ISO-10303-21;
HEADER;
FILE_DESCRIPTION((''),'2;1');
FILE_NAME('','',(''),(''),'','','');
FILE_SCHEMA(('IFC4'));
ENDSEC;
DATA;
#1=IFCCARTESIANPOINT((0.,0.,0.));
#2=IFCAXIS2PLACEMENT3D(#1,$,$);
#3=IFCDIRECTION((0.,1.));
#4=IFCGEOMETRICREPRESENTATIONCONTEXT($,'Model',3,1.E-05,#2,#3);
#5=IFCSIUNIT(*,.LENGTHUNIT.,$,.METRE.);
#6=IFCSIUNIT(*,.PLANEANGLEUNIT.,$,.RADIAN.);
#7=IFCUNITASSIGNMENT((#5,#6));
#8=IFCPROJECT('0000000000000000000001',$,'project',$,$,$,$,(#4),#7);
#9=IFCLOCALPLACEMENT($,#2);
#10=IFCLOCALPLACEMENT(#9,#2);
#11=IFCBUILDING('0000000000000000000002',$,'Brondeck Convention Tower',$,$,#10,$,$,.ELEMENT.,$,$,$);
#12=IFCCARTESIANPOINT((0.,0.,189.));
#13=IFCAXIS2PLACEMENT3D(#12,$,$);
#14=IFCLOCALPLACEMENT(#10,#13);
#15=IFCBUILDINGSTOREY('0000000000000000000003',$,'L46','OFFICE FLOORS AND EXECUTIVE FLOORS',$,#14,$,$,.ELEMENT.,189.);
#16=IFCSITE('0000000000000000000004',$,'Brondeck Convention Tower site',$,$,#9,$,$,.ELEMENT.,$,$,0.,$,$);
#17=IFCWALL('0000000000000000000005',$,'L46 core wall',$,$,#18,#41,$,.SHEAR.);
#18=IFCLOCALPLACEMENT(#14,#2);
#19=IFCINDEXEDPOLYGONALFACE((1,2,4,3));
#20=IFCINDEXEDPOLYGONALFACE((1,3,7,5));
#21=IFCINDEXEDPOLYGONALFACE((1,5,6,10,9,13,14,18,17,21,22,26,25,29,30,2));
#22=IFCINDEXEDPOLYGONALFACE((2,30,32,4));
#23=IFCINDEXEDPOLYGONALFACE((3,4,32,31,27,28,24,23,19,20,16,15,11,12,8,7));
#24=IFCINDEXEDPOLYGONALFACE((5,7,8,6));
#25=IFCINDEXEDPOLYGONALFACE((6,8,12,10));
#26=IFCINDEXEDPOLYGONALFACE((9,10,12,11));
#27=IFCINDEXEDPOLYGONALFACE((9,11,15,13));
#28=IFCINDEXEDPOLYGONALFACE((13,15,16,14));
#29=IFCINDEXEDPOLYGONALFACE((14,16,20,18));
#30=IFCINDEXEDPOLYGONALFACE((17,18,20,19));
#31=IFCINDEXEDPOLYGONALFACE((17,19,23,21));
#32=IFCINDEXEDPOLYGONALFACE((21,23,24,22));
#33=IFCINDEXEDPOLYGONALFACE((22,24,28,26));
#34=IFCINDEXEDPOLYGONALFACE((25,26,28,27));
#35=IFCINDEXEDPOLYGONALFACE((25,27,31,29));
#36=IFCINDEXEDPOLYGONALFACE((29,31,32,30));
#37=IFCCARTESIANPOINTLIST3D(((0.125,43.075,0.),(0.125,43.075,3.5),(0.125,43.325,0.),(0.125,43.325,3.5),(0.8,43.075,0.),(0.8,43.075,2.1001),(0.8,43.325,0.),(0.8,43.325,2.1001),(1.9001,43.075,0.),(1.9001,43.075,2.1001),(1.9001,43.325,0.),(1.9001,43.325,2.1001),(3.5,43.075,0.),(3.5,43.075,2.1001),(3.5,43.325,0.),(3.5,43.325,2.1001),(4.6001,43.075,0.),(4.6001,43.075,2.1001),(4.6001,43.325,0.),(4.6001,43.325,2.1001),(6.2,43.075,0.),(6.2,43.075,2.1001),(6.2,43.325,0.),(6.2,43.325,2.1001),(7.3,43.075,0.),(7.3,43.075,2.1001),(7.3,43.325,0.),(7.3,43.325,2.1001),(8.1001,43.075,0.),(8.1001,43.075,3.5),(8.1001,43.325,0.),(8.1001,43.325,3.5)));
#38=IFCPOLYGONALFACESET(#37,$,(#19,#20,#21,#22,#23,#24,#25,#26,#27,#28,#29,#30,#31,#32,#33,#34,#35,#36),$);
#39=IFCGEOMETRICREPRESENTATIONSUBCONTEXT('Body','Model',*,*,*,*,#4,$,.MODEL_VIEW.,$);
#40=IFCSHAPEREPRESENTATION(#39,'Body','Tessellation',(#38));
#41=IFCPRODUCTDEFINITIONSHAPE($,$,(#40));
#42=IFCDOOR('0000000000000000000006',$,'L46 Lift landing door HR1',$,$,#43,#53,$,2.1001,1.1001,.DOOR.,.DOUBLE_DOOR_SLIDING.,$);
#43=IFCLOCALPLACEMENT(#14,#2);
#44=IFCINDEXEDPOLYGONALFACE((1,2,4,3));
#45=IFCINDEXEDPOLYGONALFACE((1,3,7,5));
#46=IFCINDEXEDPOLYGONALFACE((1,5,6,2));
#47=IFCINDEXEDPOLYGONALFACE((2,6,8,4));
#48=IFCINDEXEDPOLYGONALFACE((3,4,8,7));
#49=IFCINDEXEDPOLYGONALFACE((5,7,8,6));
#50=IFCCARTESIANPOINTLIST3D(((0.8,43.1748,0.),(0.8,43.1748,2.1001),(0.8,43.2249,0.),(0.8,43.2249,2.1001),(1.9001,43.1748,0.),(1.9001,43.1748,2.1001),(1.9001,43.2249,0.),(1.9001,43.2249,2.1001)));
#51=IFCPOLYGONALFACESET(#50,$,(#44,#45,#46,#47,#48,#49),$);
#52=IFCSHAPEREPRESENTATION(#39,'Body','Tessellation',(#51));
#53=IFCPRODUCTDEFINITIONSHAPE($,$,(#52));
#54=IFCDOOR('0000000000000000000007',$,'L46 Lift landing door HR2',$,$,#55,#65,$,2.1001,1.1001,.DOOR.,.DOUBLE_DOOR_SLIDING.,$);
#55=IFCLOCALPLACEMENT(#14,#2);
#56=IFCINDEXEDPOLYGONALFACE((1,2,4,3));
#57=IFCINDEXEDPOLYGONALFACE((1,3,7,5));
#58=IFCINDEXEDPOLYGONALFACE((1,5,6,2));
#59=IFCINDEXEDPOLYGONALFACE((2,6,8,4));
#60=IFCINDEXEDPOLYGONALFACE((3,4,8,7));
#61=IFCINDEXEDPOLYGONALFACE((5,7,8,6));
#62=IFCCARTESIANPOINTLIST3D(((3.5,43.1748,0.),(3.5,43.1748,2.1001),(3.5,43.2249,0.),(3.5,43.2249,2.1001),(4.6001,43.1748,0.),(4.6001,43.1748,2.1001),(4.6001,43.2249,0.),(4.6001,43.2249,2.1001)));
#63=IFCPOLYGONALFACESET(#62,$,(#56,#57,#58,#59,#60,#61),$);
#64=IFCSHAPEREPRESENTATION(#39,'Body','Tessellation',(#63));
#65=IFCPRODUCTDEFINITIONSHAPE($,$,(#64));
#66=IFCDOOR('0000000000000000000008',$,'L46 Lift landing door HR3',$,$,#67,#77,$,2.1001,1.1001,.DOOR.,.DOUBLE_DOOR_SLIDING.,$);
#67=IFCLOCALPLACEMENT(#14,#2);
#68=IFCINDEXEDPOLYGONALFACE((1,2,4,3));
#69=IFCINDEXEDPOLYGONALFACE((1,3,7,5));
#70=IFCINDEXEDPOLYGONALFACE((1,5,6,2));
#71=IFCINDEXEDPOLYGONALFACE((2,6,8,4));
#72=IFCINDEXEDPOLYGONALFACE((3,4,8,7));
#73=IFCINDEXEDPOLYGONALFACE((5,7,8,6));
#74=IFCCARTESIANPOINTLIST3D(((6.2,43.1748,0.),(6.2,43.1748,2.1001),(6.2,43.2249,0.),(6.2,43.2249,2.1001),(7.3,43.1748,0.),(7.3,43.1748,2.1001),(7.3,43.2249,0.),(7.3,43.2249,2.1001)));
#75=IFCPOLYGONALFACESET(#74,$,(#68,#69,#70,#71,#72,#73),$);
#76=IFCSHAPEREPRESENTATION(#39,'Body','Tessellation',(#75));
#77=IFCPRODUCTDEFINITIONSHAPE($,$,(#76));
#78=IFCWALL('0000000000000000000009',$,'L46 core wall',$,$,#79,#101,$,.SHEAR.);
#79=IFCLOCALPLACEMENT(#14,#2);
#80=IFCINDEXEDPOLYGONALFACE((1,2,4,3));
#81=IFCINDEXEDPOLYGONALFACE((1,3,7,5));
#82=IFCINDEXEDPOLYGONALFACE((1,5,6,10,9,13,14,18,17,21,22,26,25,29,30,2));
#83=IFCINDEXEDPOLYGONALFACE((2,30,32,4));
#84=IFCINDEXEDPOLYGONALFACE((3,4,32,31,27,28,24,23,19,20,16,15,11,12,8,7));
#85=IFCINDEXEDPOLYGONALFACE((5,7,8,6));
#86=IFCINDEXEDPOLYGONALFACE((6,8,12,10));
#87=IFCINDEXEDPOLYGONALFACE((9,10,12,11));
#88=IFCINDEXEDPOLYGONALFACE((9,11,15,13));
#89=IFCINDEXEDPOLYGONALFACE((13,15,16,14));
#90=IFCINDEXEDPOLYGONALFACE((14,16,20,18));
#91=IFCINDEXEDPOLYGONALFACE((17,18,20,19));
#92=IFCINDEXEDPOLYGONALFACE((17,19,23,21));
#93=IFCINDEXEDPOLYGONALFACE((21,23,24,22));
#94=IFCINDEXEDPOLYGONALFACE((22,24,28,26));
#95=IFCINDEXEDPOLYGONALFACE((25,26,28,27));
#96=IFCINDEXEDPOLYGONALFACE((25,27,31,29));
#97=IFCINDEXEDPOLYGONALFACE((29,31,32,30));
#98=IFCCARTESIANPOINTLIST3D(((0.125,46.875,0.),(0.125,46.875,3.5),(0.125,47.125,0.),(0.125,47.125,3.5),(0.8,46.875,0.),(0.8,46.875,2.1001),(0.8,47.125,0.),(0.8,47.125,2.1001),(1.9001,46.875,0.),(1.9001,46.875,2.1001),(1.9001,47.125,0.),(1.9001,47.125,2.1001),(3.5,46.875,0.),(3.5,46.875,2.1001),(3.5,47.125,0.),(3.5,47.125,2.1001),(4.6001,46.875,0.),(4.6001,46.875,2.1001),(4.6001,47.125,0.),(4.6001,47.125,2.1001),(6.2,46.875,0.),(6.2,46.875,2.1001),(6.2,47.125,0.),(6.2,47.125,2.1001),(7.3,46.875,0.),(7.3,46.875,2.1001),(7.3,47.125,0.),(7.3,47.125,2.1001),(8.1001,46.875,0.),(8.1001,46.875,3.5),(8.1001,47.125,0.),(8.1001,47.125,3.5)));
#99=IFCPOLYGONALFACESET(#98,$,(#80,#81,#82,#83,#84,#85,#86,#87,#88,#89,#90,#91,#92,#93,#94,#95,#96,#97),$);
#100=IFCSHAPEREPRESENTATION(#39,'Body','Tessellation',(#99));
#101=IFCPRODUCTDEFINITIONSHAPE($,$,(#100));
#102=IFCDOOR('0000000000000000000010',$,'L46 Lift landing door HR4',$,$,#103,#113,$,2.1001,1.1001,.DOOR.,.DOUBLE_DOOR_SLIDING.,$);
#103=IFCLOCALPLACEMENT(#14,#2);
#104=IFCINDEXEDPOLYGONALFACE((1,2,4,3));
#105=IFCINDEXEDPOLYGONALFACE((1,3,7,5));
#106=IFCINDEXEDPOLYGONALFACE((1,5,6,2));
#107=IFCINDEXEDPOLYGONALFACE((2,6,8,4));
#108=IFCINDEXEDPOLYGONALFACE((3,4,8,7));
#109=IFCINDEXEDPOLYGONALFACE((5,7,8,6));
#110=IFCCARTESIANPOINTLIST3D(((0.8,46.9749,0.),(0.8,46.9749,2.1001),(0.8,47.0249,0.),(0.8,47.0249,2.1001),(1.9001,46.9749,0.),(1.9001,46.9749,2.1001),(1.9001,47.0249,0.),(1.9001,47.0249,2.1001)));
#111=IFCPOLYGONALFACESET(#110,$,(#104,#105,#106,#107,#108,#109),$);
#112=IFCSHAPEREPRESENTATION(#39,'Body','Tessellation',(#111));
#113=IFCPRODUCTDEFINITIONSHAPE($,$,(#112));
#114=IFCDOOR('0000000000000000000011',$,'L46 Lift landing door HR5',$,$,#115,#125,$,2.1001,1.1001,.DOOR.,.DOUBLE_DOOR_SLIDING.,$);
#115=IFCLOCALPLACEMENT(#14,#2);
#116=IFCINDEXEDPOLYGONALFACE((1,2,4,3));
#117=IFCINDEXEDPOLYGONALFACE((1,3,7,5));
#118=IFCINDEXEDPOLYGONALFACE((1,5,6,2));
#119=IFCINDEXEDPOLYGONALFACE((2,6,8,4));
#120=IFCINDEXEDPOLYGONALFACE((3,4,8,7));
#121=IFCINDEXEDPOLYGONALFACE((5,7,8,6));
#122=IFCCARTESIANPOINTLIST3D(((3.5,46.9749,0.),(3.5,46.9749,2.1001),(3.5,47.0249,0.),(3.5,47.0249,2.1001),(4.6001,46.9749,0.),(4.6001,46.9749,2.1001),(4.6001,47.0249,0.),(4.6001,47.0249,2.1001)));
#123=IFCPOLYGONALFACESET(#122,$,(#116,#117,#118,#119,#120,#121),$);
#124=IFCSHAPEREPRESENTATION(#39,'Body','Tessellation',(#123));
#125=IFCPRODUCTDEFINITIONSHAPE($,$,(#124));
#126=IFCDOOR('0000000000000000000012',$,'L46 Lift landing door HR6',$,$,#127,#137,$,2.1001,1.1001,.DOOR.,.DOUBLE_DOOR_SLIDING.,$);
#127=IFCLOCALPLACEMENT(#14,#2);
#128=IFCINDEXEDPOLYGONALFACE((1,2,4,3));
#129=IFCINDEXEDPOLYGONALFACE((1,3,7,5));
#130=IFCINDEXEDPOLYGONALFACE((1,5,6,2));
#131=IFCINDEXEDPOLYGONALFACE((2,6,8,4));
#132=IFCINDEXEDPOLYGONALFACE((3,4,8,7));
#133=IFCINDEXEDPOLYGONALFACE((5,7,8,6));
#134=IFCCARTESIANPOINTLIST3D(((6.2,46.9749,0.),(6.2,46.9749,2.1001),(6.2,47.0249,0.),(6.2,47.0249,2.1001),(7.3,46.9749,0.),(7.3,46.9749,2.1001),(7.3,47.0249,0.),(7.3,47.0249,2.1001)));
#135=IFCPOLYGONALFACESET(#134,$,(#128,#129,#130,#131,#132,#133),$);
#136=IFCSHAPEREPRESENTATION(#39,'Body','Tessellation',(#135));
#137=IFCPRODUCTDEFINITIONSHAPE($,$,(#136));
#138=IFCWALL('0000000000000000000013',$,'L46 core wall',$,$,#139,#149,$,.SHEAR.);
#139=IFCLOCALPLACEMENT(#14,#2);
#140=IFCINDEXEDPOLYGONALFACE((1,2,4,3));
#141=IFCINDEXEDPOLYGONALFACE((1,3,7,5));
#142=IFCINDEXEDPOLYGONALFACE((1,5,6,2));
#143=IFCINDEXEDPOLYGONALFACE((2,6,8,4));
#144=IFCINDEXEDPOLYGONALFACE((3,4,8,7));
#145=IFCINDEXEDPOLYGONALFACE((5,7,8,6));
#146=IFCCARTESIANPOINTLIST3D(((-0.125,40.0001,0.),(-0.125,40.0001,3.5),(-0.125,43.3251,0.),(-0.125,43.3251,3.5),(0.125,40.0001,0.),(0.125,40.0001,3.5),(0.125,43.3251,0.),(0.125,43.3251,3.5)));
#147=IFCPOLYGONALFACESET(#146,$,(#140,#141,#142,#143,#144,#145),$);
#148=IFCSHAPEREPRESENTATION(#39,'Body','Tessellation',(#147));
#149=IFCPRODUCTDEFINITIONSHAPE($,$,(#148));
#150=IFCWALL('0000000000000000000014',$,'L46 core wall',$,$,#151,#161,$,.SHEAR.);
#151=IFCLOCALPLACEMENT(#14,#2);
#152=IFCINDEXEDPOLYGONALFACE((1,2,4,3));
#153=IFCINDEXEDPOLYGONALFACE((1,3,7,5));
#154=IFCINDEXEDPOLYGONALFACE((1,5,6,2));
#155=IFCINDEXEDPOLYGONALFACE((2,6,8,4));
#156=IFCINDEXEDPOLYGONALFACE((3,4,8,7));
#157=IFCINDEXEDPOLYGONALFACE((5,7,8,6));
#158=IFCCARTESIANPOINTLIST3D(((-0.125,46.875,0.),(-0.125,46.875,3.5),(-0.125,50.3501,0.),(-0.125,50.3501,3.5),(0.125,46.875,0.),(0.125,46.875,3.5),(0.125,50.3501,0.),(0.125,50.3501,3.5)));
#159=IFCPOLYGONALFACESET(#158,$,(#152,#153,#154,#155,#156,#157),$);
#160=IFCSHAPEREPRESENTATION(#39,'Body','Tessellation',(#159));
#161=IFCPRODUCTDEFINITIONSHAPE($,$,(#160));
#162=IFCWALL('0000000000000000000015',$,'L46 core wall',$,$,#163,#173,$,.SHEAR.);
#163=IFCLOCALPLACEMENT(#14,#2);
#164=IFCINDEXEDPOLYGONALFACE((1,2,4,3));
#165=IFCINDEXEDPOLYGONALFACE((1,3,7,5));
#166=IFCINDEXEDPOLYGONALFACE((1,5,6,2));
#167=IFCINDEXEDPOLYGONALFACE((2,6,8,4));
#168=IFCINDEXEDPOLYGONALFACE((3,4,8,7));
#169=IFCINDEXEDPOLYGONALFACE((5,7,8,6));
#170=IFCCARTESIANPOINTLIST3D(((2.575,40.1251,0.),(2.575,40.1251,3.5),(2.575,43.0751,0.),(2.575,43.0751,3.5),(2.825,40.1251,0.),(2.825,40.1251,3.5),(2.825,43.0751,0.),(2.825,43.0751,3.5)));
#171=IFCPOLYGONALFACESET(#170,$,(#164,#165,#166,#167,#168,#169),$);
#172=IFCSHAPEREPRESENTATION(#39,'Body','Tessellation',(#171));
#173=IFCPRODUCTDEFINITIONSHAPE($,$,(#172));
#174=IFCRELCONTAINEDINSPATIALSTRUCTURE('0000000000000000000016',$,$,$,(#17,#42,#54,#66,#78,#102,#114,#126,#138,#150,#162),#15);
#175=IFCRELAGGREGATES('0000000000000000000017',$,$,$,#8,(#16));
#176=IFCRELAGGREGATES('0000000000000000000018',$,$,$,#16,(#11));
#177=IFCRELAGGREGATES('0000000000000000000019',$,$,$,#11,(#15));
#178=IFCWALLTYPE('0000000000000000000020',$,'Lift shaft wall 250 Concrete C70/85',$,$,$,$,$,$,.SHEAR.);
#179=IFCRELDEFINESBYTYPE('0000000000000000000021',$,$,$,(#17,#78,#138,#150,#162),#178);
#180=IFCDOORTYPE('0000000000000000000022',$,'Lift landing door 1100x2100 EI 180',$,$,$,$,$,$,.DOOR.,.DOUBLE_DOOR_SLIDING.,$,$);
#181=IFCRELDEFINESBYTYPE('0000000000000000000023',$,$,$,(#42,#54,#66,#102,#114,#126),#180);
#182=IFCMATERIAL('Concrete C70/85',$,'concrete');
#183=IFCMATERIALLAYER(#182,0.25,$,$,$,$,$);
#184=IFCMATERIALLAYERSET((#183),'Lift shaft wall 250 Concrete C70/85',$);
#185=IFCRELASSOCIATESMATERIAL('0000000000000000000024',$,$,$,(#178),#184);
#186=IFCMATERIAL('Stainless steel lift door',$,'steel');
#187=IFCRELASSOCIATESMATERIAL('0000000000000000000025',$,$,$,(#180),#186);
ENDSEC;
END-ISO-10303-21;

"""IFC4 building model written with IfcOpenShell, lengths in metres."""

from ifc_helpers import new_model, si_unit, direction, frame, frame_2d, origin, place, context, subcontext, project, spatial, rectangle, extrude, material, layer, layer_set, type_object, element, fill, save


model = new_model("IFC4")

# Units and contexts
model_context = context("Model", 3, precision=1e-05, world=origin(), true_north=direction((0.0, 1.0)))
body_context = subcontext(model_context, "Body", "Model", "MODEL_VIEW")
ifc_project = project(units=[si_unit("LENGTHUNIT", "METRE"), si_unit("PLANEANGLEUNIT", "RADIAN")], contexts=[model_context])

# Site, building, storey
site_placement = place(None, origin())
site = spatial("IfcSite", under=ifc_project, at=site_placement, Name="Brondeck Convention Tower site", CompositionType="ELEMENT", RefElevation=0.0)
building_placement = place(site_placement, origin())
building = spatial("IfcBuilding", under=site, at=building_placement, Name="Brondeck Convention Tower", CompositionType="ELEMENT")
storey_placement = place(building_placement, frame((0.0, 0.0, 189.0)))
storey = spatial("IfcBuildingStorey", under=building, at=storey_placement, Name="L46", Description="OFFICE FLOORS AND EXECUTIVE FLOORS", CompositionType="ELEMENT", Elevation=189.0)

# Shared definitions
ifc_material_1 = material(Name="Concrete C70/85", Category="concrete")

# Shared definitions
ifc_layer_1 = layer(ifc_material_1, 0.25)
ifc_layer_set_1 = layer_set([ifc_layer_1], Name="Lift shaft wall 250 Concrete C70/85")
wall_type_1 = type_object("IfcWallType", Name="Lift shaft wall 250 Concrete C70/85", PredefinedType="SHEAR", material=ifc_layer_set_1)

# Walls, openings, doors
wall_1_placement = place(storey_placement, frame((0.125, 43.2, 0.0), z_axis=(0.0, 0.0, 1.0), x_axis=(1.0, 0.0, 0.0)))
wall_1 = element("IfcWall", 1, at=wall_1_placement, inside=storey, type_object=wall_type_1, Name="L46 core wall", PredefinedType="SHEAR", context=body_context, shape_type="SweptSolid", body=[
    extrude(rectangle(XDim=7.9751, YDim=0.25, at=frame_2d((3.9875, 0.0))), origin(), (0.0, 0.0, 1.0), 3.5),
])
opening_1_placement = place(wall_1_placement, frame((0.675, 0.0, 0.0)))
opening_1 = element("IfcOpeningElement", 2, at=opening_1_placement, cuts=wall_1, PredefinedType="OPENING", context=body_context, shape_type="SweptSolid", body=[
    extrude(rectangle(XDim=1.1001, YDim=2.1001, at=frame_2d((0.55, 1.05))), frame((0.0, 0.135, 0.0), z_axis=(0.0, -1.0, 0.0), x_axis=(1.0, 0.0, 0.0)), (0.0, 0.0, 1.0), 0.27),
])
opening_2_placement = place(wall_1_placement, frame((3.375, 0.0, 0.0)))
opening_2 = element("IfcOpeningElement", 3, at=opening_2_placement, cuts=wall_1, PredefinedType="OPENING", context=body_context, shape_type="SweptSolid", body=[
    extrude(rectangle(XDim=1.1001, YDim=2.1001, at=frame_2d((0.55, 1.05))), frame((0.0, 0.135, 0.0), z_axis=(0.0, -1.0, 0.0), x_axis=(1.0, 0.0, 0.0)), (0.0, 0.0, 1.0), 0.27),
])
opening_3_placement = place(wall_1_placement, frame((6.075, 0.0, 0.0)))
opening_3 = element("IfcOpeningElement", 4, at=opening_3_placement, cuts=wall_1, PredefinedType="OPENING", context=body_context, shape_type="SweptSolid", body=[
    extrude(rectangle(XDim=1.1001, YDim=2.1001, at=frame_2d((0.55, 1.05))), frame((0.0, 0.135, 0.0), z_axis=(0.0, -1.0, 0.0), x_axis=(1.0, 0.0, 0.0)), (0.0, 0.0, 1.0), 0.27),
])
ifc_material_2 = material(Name="Stainless steel lift door", Category="steel")
door_type_1 = type_object("IfcDoorType", Name="Lift landing door 1100x2100 EI 180", OperationType="DOUBLE_DOOR_SLIDING", PredefinedType="DOOR", material=ifc_material_2)
door_1_placement = place(opening_1_placement, origin())
door_1 = element("IfcDoor", 5, at=door_1_placement, inside=storey, type_object=door_type_1, Name="L46 Lift landing door HR1", OperationType="DOUBLE_DOOR_SLIDING", OverallHeight=2.1001, OverallWidth=1.1001, PredefinedType="DOOR", context=body_context, shape_type="SweptSolid", body=[
    extrude(rectangle(XDim=1.1001, YDim=2.1001, at=frame_2d((0.55, 1.05))), frame((0.0, 0.0249, 0.0), z_axis=(0.0, -1.0, 0.0), x_axis=(1.0, 0.0, 0.0)), (0.0, 0.0, 1.0), 0.05),
])
fill(opening_1, door_1)
door_2_placement = place(opening_2_placement, origin())
door_2 = element("IfcDoor", 6, at=door_2_placement, inside=storey, type_object=door_type_1, Name="L46 Lift landing door HR2", OperationType="DOUBLE_DOOR_SLIDING", OverallHeight=2.1001, OverallWidth=1.1001, PredefinedType="DOOR", context=body_context, shape_type="SweptSolid", body=[
    extrude(rectangle(XDim=1.1001, YDim=2.1001, at=frame_2d((0.55, 1.05))), frame((0.0, 0.0249, 0.0), z_axis=(0.0, -1.0, 0.0), x_axis=(1.0, 0.0, 0.0)), (0.0, 0.0, 1.0), 0.05),
])
fill(opening_2, door_2)
door_3_placement = place(opening_3_placement, origin())
door_3 = element("IfcDoor", 7, at=door_3_placement, inside=storey, type_object=door_type_1, Name="L46 Lift landing door HR3", OperationType="DOUBLE_DOOR_SLIDING", OverallHeight=2.1001, OverallWidth=1.1001, PredefinedType="DOOR", context=body_context, shape_type="SweptSolid", body=[
    extrude(rectangle(XDim=1.1001, YDim=2.1001, at=frame_2d((0.55, 1.05))), frame((0.0, 0.0249, 0.0), z_axis=(0.0, -1.0, 0.0), x_axis=(1.0, 0.0, 0.0)), (0.0, 0.0, 1.0), 0.05),
])
fill(opening_3, door_3)
wall_2_placement = place(storey_placement, frame((0.125, 47.0, 0.0), z_axis=(0.0, 0.0, 1.0), x_axis=(1.0, 0.0, 0.0)))
wall_2 = element("IfcWall", 8, at=wall_2_placement, inside=storey, type_object=wall_type_1, Name="L46 core wall", PredefinedType="SHEAR", context=body_context, shape_type="SweptSolid", body=[
    extrude(rectangle(XDim=7.9751, YDim=0.25, at=frame_2d((3.9875, 0.0))), origin(), (0.0, 0.0, 1.0), 3.5),
])
opening_4_placement = place(wall_2_placement, frame((0.675, 0.0, 0.0)))
opening_4 = element("IfcOpeningElement", 9, at=opening_4_placement, cuts=wall_2, PredefinedType="OPENING", context=body_context, shape_type="SweptSolid", body=[
    extrude(rectangle(XDim=1.1001, YDim=2.1001, at=frame_2d((0.55, 1.05))), frame((0.0, 0.135, 0.0), z_axis=(0.0, -1.0, 0.0), x_axis=(1.0, 0.0, 0.0)), (0.0, 0.0, 1.0), 0.27),
])
opening_5_placement = place(wall_2_placement, frame((3.375, 0.0, 0.0)))
opening_5 = element("IfcOpeningElement", 10, at=opening_5_placement, cuts=wall_2, PredefinedType="OPENING", context=body_context, shape_type="SweptSolid", body=[
    extrude(rectangle(XDim=1.1001, YDim=2.1001, at=frame_2d((0.55, 1.05))), frame((0.0, 0.135, 0.0), z_axis=(0.0, -1.0, 0.0), x_axis=(1.0, 0.0, 0.0)), (0.0, 0.0, 1.0), 0.27),
])
opening_6_placement = place(wall_2_placement, frame((6.075, 0.0, 0.0)))
opening_6 = element("IfcOpeningElement", 11, at=opening_6_placement, cuts=wall_2, PredefinedType="OPENING", context=body_context, shape_type="SweptSolid", body=[
    extrude(rectangle(XDim=1.1001, YDim=2.1001, at=frame_2d((0.55, 1.05))), frame((0.0, 0.135, 0.0), z_axis=(0.0, -1.0, 0.0), x_axis=(1.0, 0.0, 0.0)), (0.0, 0.0, 1.0), 0.27),
])
door_4_placement = place(opening_4_placement, origin())
door_4 = element("IfcDoor", 12, at=door_4_placement, inside=storey, type_object=door_type_1, Name="L46 Lift landing door HR4", OperationType="DOUBLE_DOOR_SLIDING", OverallHeight=2.1001, OverallWidth=1.1001, PredefinedType="DOOR", context=body_context, shape_type="SweptSolid", body=[
    extrude(rectangle(XDim=1.1001, YDim=2.1001, at=frame_2d((0.55, 1.05))), frame((0.0, 0.0249, 0.0), z_axis=(0.0, -1.0, 0.0), x_axis=(1.0, 0.0, 0.0)), (0.0, 0.0, 1.0), 0.05),
])
fill(opening_4, door_4)
door_5_placement = place(opening_5_placement, origin())
door_5 = element("IfcDoor", 13, at=door_5_placement, inside=storey, type_object=door_type_1, Name="L46 Lift landing door HR5", OperationType="DOUBLE_DOOR_SLIDING", OverallHeight=2.1001, OverallWidth=1.1001, PredefinedType="DOOR", context=body_context, shape_type="SweptSolid", body=[
    extrude(rectangle(XDim=1.1001, YDim=2.1001, at=frame_2d((0.55, 1.05))), frame((0.0, 0.0249, 0.0), z_axis=(0.0, -1.0, 0.0), x_axis=(1.0, 0.0, 0.0)), (0.0, 0.0, 1.0), 0.05),
])
fill(opening_5, door_5)
door_6_placement = place(opening_6_placement, origin())
door_6 = element("IfcDoor", 14, at=door_6_placement, inside=storey, type_object=door_type_1, Name="L46 Lift landing door HR6", OperationType="DOUBLE_DOOR_SLIDING", OverallHeight=2.1001, OverallWidth=1.1001, PredefinedType="DOOR", context=body_context, shape_type="SweptSolid", body=[
    extrude(rectangle(XDim=1.1001, YDim=2.1001, at=frame_2d((0.55, 1.05))), frame((0.0, 0.0249, 0.0), z_axis=(0.0, -1.0, 0.0), x_axis=(1.0, 0.0, 0.0)), (0.0, 0.0, 1.0), 0.05),
])
fill(opening_6, door_6)

# Walls
wall_3_placement = place(storey_placement, frame((0.0, 40.0, 0.0), z_axis=(0.0, 0.0, 1.0), x_axis=(0.0, 1.0, 0.0)))
element("IfcWall", 15, at=wall_3_placement, inside=storey, type_object=wall_type_1, Name="L46 core wall", PredefinedType="SHEAR", context=body_context, shape_type="SweptSolid", body=[
    extrude(rectangle(XDim=3.325, YDim=0.25, at=frame_2d((1.6626, 0.0))), origin(), (0.0, 0.0, 1.0), 3.5),
])
wall_4_placement = place(storey_placement, frame((0.0, 46.875, 0.0), z_axis=(0.0, 0.0, 1.0), x_axis=(0.0, 1.0, 0.0)))
element("IfcWall", 16, at=wall_4_placement, inside=storey, type_object=wall_type_1, Name="L46 core wall", PredefinedType="SHEAR", context=body_context, shape_type="SweptSolid", body=[
    extrude(rectangle(XDim=3.4751, YDim=0.25, at=frame_2d((1.7375, 0.0))), origin(), (0.0, 0.0, 1.0), 3.5),
])
for number, where, z_axis, x_axis, name in (
    (17, (2.7, 40.125, 0.0), (0.0, 0.0, 1.0), (0.0, 1.0, 0.0), "L46 core wall"),
):
    element("IfcWall", number, at=place(storey_placement, frame(where, z_axis=z_axis, x_axis=x_axis)), inside=storey, type_object=wall_type_1, Name=name, PredefinedType="SHEAR", context=body_context, shape_type="SweptSolid", body=[
        extrude(rectangle(XDim=2.95, YDim=0.25, at=frame_2d((1.4751, 0.0))), origin(), (0.0, 0.0, 1.0), 3.5),
    ])

save(model, "model.ifc")
